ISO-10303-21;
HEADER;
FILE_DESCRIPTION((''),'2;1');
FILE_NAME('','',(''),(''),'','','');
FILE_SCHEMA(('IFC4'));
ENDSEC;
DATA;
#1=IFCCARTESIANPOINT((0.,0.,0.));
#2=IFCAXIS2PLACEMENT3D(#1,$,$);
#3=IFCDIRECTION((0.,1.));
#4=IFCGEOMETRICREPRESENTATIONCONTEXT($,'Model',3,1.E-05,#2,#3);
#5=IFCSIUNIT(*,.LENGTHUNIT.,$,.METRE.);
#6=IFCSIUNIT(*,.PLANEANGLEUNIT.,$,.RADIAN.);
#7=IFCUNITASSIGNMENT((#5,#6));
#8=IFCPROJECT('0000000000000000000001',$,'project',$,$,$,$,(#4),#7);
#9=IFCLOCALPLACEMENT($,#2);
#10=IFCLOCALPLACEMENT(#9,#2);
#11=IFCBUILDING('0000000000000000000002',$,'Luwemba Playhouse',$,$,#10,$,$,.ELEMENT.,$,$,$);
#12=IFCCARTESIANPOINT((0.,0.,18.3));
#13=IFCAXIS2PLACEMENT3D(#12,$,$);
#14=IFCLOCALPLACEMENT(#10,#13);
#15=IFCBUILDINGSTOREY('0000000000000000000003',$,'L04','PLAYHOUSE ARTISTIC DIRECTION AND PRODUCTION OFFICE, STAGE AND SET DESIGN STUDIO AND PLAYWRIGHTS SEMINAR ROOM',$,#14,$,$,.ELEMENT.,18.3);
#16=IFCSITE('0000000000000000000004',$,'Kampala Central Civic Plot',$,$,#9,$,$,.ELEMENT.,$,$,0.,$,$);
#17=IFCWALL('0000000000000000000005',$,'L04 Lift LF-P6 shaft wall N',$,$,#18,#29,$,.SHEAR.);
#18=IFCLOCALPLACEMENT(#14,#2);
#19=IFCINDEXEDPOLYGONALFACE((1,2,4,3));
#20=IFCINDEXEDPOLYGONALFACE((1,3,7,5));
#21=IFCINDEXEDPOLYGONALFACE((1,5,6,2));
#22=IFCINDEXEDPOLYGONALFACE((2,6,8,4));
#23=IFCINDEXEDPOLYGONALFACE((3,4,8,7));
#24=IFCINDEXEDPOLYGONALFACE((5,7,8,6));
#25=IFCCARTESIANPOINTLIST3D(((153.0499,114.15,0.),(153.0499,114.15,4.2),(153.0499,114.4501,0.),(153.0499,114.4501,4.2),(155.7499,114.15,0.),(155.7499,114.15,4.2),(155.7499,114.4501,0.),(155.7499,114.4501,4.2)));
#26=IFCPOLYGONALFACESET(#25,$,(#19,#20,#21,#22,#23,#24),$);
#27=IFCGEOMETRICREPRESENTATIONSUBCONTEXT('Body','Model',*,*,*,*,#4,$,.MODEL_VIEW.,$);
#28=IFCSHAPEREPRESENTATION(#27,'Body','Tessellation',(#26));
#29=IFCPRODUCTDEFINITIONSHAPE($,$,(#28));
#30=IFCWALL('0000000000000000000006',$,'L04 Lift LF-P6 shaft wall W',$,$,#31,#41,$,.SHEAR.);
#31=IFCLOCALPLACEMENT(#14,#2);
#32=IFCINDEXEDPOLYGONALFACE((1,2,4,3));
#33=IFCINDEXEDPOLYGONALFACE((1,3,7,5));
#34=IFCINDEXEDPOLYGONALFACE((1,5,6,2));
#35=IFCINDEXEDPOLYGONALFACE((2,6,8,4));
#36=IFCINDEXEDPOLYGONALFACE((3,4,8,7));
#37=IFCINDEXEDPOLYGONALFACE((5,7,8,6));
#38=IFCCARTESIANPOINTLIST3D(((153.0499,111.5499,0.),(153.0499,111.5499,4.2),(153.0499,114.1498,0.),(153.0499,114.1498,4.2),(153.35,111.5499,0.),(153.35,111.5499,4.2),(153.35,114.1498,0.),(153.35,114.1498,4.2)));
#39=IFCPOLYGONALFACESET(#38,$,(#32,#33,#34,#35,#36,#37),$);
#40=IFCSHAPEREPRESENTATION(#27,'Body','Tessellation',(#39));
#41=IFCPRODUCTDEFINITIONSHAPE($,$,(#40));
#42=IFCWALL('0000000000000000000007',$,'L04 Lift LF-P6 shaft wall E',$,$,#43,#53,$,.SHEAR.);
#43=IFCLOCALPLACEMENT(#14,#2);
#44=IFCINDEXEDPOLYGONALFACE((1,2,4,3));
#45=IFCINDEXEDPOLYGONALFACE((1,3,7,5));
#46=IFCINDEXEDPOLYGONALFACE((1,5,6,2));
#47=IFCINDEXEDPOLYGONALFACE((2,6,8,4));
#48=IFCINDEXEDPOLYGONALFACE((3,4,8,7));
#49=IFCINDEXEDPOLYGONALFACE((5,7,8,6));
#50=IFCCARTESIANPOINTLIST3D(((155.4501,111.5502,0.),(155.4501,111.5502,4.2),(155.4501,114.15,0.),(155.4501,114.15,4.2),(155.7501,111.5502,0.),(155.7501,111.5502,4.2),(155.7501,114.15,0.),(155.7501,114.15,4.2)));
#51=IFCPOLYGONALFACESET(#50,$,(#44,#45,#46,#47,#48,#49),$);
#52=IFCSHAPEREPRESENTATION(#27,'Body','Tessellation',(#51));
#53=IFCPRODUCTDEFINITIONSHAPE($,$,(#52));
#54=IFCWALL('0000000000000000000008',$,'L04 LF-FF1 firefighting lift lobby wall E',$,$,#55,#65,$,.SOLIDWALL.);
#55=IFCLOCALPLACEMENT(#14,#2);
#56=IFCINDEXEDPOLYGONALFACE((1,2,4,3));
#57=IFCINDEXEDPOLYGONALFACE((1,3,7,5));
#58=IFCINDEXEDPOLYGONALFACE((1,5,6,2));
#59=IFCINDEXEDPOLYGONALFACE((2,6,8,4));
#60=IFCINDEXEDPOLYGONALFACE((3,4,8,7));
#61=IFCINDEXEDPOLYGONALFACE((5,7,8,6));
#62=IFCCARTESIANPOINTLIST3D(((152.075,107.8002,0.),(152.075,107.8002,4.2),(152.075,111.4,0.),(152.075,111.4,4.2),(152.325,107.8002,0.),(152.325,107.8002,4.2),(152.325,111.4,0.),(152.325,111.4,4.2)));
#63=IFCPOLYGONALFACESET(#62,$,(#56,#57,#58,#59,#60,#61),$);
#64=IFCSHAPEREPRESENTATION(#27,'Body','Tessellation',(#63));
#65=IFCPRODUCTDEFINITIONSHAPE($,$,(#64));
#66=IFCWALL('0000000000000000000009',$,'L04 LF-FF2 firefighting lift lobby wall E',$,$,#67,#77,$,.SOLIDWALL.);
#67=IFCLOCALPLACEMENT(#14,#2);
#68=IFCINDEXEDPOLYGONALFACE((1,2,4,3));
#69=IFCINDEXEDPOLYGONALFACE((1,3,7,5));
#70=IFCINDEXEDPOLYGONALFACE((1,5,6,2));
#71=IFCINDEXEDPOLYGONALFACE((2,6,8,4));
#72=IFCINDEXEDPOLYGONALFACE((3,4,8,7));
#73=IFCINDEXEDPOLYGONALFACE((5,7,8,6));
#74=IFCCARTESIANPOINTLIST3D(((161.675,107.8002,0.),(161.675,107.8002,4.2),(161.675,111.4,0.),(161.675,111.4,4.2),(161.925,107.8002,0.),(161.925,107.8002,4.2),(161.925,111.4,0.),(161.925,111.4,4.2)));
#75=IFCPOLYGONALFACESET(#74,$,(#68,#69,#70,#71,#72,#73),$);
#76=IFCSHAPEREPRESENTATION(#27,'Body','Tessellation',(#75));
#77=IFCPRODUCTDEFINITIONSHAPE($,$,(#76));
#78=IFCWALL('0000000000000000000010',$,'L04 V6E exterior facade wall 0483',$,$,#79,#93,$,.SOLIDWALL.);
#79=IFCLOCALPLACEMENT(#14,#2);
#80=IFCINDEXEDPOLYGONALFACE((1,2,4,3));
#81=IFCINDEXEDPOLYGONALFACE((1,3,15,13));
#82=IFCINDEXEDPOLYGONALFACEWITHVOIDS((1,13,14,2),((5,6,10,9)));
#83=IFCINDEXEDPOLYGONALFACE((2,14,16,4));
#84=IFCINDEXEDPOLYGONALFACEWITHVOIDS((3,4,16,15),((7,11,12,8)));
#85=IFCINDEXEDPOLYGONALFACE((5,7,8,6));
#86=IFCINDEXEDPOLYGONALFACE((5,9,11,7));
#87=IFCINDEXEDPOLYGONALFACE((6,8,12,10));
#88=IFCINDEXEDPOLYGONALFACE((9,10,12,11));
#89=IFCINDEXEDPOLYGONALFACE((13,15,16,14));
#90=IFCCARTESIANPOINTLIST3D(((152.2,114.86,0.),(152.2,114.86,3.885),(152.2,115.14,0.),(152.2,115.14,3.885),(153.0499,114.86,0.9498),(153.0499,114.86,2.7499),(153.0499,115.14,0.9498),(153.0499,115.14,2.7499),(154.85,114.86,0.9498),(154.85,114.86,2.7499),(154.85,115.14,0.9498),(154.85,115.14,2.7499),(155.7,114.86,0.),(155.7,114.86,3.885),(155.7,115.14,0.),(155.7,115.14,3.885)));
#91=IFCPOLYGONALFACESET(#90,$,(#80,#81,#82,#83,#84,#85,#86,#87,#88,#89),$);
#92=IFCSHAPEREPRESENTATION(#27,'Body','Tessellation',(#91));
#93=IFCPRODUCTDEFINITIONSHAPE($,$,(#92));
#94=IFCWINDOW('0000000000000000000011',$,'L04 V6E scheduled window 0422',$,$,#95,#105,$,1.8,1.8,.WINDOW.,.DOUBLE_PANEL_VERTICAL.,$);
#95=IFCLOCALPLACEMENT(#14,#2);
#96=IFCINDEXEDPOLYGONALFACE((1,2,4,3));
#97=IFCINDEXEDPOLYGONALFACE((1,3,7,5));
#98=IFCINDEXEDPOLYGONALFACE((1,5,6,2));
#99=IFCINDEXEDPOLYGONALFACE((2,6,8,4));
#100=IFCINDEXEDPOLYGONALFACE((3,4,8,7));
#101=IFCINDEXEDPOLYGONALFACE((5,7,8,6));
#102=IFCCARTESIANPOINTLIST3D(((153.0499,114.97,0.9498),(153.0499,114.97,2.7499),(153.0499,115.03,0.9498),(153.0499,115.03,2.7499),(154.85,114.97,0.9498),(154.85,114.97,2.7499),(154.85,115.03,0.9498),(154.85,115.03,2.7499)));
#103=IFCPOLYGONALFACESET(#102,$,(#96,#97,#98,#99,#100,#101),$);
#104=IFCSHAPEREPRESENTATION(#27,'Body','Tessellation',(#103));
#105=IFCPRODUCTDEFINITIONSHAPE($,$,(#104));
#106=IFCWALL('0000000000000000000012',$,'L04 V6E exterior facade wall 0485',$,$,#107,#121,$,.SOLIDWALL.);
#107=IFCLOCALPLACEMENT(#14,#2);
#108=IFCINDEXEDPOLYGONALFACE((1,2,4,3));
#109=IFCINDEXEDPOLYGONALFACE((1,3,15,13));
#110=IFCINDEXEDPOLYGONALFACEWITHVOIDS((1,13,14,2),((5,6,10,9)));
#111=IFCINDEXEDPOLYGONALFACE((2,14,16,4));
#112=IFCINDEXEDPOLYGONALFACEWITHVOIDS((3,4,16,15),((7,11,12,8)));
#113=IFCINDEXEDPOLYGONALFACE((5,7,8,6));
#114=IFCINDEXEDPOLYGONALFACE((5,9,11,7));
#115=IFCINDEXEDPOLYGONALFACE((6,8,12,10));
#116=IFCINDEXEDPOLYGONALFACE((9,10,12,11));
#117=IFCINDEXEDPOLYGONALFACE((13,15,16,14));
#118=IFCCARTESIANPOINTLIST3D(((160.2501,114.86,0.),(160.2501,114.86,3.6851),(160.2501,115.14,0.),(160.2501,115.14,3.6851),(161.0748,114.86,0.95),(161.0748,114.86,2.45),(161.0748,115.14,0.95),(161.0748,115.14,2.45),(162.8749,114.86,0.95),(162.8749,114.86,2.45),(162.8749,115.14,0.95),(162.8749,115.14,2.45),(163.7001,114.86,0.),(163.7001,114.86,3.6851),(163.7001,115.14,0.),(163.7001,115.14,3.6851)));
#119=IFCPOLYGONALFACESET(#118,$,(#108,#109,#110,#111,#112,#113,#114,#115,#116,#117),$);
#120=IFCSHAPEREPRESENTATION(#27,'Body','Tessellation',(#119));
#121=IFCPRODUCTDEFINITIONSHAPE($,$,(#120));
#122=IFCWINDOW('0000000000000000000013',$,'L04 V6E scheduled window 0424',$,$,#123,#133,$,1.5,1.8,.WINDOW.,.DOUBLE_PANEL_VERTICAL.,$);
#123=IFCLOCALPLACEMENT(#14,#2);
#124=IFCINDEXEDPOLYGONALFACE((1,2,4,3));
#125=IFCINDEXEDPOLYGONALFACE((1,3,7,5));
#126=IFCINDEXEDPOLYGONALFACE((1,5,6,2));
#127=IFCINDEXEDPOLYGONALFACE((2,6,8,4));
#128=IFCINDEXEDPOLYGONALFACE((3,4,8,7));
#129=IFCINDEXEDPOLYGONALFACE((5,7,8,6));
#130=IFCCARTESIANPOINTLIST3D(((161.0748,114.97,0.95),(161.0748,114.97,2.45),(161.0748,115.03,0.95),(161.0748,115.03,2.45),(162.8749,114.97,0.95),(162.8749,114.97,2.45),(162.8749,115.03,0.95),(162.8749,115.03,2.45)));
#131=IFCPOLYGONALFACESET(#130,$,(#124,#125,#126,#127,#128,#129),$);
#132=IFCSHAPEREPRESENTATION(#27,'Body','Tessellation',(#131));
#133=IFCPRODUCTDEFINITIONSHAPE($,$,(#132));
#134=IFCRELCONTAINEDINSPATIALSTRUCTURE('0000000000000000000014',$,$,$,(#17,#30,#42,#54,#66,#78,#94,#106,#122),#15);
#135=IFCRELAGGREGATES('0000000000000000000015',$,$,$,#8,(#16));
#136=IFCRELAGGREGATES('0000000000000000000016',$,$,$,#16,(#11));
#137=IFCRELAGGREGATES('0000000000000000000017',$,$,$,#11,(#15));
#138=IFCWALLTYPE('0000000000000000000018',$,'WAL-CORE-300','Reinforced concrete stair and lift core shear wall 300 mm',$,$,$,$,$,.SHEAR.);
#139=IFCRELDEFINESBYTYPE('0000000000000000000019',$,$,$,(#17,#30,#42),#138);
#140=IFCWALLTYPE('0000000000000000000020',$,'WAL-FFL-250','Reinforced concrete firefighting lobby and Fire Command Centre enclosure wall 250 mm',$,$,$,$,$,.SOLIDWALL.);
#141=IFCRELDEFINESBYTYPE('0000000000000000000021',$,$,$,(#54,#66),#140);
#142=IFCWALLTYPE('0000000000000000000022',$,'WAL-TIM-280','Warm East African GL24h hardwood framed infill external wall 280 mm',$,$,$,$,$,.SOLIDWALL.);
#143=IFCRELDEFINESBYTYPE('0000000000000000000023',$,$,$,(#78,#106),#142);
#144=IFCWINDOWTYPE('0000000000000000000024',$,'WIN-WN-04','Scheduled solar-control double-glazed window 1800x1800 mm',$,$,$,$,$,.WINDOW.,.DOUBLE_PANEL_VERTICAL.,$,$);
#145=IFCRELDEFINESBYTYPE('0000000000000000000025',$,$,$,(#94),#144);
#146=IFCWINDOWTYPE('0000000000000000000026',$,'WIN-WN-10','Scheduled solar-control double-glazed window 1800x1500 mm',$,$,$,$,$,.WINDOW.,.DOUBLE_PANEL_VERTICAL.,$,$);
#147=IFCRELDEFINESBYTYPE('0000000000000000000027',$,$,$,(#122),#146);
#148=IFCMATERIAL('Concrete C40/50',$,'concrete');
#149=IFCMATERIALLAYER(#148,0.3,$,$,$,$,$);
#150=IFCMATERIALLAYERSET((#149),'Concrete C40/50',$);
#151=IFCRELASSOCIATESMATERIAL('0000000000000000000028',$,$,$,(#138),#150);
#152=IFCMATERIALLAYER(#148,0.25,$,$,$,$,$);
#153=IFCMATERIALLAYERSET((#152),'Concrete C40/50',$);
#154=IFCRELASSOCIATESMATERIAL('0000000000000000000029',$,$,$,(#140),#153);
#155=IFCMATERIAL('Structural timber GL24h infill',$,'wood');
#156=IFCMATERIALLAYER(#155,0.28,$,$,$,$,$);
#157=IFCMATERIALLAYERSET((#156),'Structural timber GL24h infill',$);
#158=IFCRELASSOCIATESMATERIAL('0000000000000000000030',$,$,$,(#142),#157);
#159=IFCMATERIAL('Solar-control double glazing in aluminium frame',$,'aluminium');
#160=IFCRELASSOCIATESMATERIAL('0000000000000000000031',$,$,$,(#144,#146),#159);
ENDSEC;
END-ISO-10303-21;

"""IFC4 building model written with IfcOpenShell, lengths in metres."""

from ifc_helpers import new_model, si_unit, direction, frame, frame_2d, origin, place, context, subcontext, project, spatial, rectangle, extrude, material, layer, layer_set, type_object, element, fill, save


model = new_model("IFC4")

# Units and contexts
model_context = context("Model", 3, precision=1e-05, world=origin(), true_north=direction((0.0, 1.0)))
body_context = subcontext(model_context, "Body", "Model", "MODEL_VIEW")
ifc_project = project(units=[si_unit("LENGTHUNIT", "METRE"), si_unit("PLANEANGLEUNIT", "RADIAN")], contexts=[model_context])

# Site, building, storey
site_placement = place(None, origin())
site = spatial("IfcSite", under=ifc_project, at=site_placement, Name="Kampala Central Civic Plot", CompositionType="ELEMENT", RefElevation=0.0)
building_placement = place(site_placement, origin())
building = spatial("IfcBuilding", under=site, at=building_placement, Name="Luwemba Playhouse", CompositionType="ELEMENT")
storey_placement = place(building_placement, frame((0.0, 0.0, 18.3)))
storey = spatial("IfcBuildingStorey", under=building, at=storey_placement, Name="L04", Description="PLAYHOUSE ARTISTIC DIRECTION AND PRODUCTION OFFICE, STAGE AND SET DESIGN STUDIO AND PLAYWRIGHTS SEMINAR ROOM", CompositionType="ELEMENT", Elevation=18.3)

# Shared definitions
ifc_material_1 = material(Name="Concrete C40/50", Category="concrete")

# Shared definitions
ifc_material_2 = material(Name="Solar-control double glazing in aluminium frame", Category="aluminium")

# Shared definitions
ifc_layer_1 = layer(ifc_material_1, 0.3)
ifc_layer_set_1 = layer_set([ifc_layer_1], Name="Concrete C40/50")
wall_type_1 = type_object("IfcWallType", Name="WAL-CORE-300", Description="Reinforced concrete stair and lift core shear wall 300 mm", PredefinedType="SHEAR", material=ifc_layer_set_1)

# Walls
wall_1_placement = place(storey_placement, frame((155.75, 114.3, 0.0), z_axis=(0.0, 0.0, 1.0), x_axis=(-1.0, 0.0, 0.0)))
element("IfcWall", 1, at=wall_1_placement, inside=storey, type_object=wall_type_1, Name="L04 Lift LF-P6 shaft wall N", PredefinedType="SHEAR", context=body_context, shape_type="SweptSolid", body=[
    extrude(rectangle(XDim=2.7, YDim=0.3, at=frame_2d((1.3501, 0.0))), origin(), (0.0, 0.0, 1.0), 4.2),
])
for number, where, z_axis, x_axis, name in (
    (2, (153.2, 111.55, 0.0), (0.0, 0.0, 1.0), (0.0, 1.0, 0.0), "L04 Lift LF-P6 shaft wall W"),
    (3, (155.6001, 114.1499, 0.0), (0.0, 0.0, 1.0), (0.0, -1.0, 0.0), "L04 Lift LF-P6 shaft wall E"),
):
    element("IfcWall", number, at=place(storey_placement, frame(where, z_axis=z_axis, x_axis=x_axis)), inside=storey, type_object=wall_type_1, Name=name, PredefinedType="SHEAR", context=body_context, shape_type="SweptSolid", body=[
        extrude(rectangle(XDim=2.5999, YDim=0.3, at=frame_2d((1.2998, 0.0))), origin(), (0.0, 0.0, 1.0), 4.2),
    ])
ifc_layer_2 = layer(ifc_material_1, 0.25)
ifc_layer_set_2 = layer_set([ifc_layer_2], Name="Concrete C40/50")
wall_type_2 = type_object("IfcWallType", Name="WAL-FFL-250", Description="Reinforced concrete firefighting lobby and Fire Command Centre enclosure wall 250 mm", PredefinedType="SOLIDWALL", material=ifc_layer_set_2)
wall_2_placement = place(storey_placement, frame((152.2, 111.3999, 0.0), z_axis=(0.0, 0.0, 1.0), x_axis=(0.0, -1.0, 0.0)))
element("IfcWall", 4, at=wall_2_placement, inside=storey, type_object=wall_type_2, Name="L04 LF-FF1 firefighting lift lobby wall E", PredefinedType="SOLIDWALL", context=body_context, shape_type="SweptSolid", body=[
    extrude(rectangle(XDim=3.5999, YDim=0.25, at=frame_2d((1.7998, 0.0))), origin(), (0.0, 0.0, 1.0), 4.2),
])

# Wall
wall_3_placement = place(storey_placement, frame((161.8, 111.3999, 0.0), z_axis=(0.0, 0.0, 1.0), x_axis=(0.0, -1.0, 0.0)))
element("IfcWall", 5, at=wall_3_placement, inside=storey, type_object=wall_type_2, Name="L04 LF-FF2 firefighting lift lobby wall E", PredefinedType="SOLIDWALL", context=body_context, shape_type="SweptSolid", body=[
    extrude(rectangle(XDim=3.5999, YDim=0.25, at=frame_2d((1.7998, 0.0))), origin(), (0.0, 0.0, 1.0), 4.2),
])

# Walls, openings, windows
ifc_material_3 = material(Name="Structural timber GL24h infill", Category="wood")
ifc_layer_3 = layer(ifc_material_3, 0.28)
ifc_layer_set_3 = layer_set([ifc_layer_3], Name="Structural timber GL24h infill")
wall_type_3 = type_object("IfcWallType", Name="WAL-TIM-280", Description="Warm East African GL24h hardwood framed infill external wall 280 mm", PredefinedType="SOLIDWALL", material=ifc_layer_set_3)
wall_4_placement = place(storey_placement, frame((152.2, 115.0, 0.0), z_axis=(0.0, 0.0, 1.0), x_axis=(1.0, 0.0, 0.0)))
wall_4 = element("IfcWall", 6, at=wall_4_placement, inside=storey, type_object=wall_type_3, Name="L04 V6E exterior facade wall 0483", PredefinedType="SOLIDWALL", context=body_context, shape_type="SweptSolid", body=[
    extrude(rectangle(XDim=3.5, YDim=0.28, at=frame_2d((1.75, 0.0))), origin(), (0.0, 0.0, 1.0), 3.885),
])
opening_1_placement = place(wall_4_placement, frame((0.8501, 0.0, 0.95)))
opening_1 = element("IfcOpeningElement", 7, at=opening_1_placement, cuts=wall_4, PredefinedType="OPENING", context=body_context, shape_type="SweptSolid", body=[
    extrude(rectangle(XDim=1.8, YDim=1.8, at=frame_2d((0.8999, 0.8999))), frame((0.0, 0.1499, 0.0), z_axis=(0.0, -1.0, 0.0), x_axis=(1.0, 0.0, 0.0)), (0.0, 0.0, 1.0), 0.3),
])
window_type_1 = type_object("IfcWindowType", Name="WIN-WN-04", Description="Scheduled solar-control double-glazed window 1800x1800 mm", PartitioningType="DOUBLE_PANEL_VERTICAL", PredefinedType="WINDOW", material=ifc_material_2)
window_1_placement = place(opening_1_placement, origin())
window_1 = element("IfcWindow", 8, at=window_1_placement, inside=storey, type_object=window_type_1, Name="L04 V6E scheduled window 0422", OverallHeight=1.8, OverallWidth=1.8, PartitioningType="DOUBLE_PANEL_VERTICAL", PredefinedType="WINDOW", context=body_context, shape_type="SweptSolid", body=[
    extrude(rectangle(XDim=1.8, YDim=1.8, at=frame_2d((0.8999, 0.8999))), frame((0.0, 0.03, 0.0), z_axis=(0.0, -1.0, 0.0), x_axis=(1.0, 0.0, 0.0)), (0.0, 0.0, 1.0), 0.0601),
])
fill(opening_1, window_1)
wall_5_placement = place(storey_placement, frame((160.25, 115.0, 0.0), z_axis=(0.0, 0.0, 1.0), x_axis=(1.0, 0.0, 0.0)))
wall_5 = element("IfcWall", 9, at=wall_5_placement, inside=storey, type_object=wall_type_3, Name="L04 V6E exterior facade wall 0485", PredefinedType="SOLIDWALL", context=body_context, shape_type="SweptSolid", body=[
    extrude(rectangle(XDim=3.45, YDim=0.28, at=frame_2d((1.7251, 0.0))), origin(), (0.0, 0.0, 1.0), 3.6851),
])
opening_2_placement = place(wall_5_placement, frame((0.825, 0.0, 0.95)))
opening_2 = element("IfcOpeningElement", 10, at=opening_2_placement, cuts=wall_5, PredefinedType="OPENING", context=body_context, shape_type="SweptSolid", body=[
    extrude(rectangle(XDim=1.8, YDim=1.5, at=frame_2d((0.8999, 0.75))), frame((0.0, 0.1499, 0.0), z_axis=(0.0, -1.0, 0.0), x_axis=(1.0, 0.0, 0.0)), (0.0, 0.0, 1.0), 0.3),
])
window_type_2 = type_object("IfcWindowType", Name="WIN-WN-10", Description="Scheduled solar-control double-glazed window 1800x1500 mm", PartitioningType="DOUBLE_PANEL_VERTICAL", PredefinedType="WINDOW", material=ifc_material_2)
window_2_placement = place(opening_2_placement, origin())
window_2 = element("IfcWindow", 11, at=window_2_placement, inside=storey, type_object=window_type_2, Name="L04 V6E scheduled window 0424", OverallHeight=1.5, OverallWidth=1.8, PartitioningType="DOUBLE_PANEL_VERTICAL", PredefinedType="WINDOW", context=body_context, shape_type="SweptSolid", body=[
    extrude(rectangle(XDim=1.8, YDim=1.5, at=frame_2d((0.8999, 0.75))), frame((0.0, 0.03, 0.0), z_axis=(0.0, -1.0, 0.0), x_axis=(1.0, 0.0, 0.0)), (0.0, 0.0, 1.0), 0.0601),
])
fill(opening_2, window_2)

save(model, "model.ifc")
